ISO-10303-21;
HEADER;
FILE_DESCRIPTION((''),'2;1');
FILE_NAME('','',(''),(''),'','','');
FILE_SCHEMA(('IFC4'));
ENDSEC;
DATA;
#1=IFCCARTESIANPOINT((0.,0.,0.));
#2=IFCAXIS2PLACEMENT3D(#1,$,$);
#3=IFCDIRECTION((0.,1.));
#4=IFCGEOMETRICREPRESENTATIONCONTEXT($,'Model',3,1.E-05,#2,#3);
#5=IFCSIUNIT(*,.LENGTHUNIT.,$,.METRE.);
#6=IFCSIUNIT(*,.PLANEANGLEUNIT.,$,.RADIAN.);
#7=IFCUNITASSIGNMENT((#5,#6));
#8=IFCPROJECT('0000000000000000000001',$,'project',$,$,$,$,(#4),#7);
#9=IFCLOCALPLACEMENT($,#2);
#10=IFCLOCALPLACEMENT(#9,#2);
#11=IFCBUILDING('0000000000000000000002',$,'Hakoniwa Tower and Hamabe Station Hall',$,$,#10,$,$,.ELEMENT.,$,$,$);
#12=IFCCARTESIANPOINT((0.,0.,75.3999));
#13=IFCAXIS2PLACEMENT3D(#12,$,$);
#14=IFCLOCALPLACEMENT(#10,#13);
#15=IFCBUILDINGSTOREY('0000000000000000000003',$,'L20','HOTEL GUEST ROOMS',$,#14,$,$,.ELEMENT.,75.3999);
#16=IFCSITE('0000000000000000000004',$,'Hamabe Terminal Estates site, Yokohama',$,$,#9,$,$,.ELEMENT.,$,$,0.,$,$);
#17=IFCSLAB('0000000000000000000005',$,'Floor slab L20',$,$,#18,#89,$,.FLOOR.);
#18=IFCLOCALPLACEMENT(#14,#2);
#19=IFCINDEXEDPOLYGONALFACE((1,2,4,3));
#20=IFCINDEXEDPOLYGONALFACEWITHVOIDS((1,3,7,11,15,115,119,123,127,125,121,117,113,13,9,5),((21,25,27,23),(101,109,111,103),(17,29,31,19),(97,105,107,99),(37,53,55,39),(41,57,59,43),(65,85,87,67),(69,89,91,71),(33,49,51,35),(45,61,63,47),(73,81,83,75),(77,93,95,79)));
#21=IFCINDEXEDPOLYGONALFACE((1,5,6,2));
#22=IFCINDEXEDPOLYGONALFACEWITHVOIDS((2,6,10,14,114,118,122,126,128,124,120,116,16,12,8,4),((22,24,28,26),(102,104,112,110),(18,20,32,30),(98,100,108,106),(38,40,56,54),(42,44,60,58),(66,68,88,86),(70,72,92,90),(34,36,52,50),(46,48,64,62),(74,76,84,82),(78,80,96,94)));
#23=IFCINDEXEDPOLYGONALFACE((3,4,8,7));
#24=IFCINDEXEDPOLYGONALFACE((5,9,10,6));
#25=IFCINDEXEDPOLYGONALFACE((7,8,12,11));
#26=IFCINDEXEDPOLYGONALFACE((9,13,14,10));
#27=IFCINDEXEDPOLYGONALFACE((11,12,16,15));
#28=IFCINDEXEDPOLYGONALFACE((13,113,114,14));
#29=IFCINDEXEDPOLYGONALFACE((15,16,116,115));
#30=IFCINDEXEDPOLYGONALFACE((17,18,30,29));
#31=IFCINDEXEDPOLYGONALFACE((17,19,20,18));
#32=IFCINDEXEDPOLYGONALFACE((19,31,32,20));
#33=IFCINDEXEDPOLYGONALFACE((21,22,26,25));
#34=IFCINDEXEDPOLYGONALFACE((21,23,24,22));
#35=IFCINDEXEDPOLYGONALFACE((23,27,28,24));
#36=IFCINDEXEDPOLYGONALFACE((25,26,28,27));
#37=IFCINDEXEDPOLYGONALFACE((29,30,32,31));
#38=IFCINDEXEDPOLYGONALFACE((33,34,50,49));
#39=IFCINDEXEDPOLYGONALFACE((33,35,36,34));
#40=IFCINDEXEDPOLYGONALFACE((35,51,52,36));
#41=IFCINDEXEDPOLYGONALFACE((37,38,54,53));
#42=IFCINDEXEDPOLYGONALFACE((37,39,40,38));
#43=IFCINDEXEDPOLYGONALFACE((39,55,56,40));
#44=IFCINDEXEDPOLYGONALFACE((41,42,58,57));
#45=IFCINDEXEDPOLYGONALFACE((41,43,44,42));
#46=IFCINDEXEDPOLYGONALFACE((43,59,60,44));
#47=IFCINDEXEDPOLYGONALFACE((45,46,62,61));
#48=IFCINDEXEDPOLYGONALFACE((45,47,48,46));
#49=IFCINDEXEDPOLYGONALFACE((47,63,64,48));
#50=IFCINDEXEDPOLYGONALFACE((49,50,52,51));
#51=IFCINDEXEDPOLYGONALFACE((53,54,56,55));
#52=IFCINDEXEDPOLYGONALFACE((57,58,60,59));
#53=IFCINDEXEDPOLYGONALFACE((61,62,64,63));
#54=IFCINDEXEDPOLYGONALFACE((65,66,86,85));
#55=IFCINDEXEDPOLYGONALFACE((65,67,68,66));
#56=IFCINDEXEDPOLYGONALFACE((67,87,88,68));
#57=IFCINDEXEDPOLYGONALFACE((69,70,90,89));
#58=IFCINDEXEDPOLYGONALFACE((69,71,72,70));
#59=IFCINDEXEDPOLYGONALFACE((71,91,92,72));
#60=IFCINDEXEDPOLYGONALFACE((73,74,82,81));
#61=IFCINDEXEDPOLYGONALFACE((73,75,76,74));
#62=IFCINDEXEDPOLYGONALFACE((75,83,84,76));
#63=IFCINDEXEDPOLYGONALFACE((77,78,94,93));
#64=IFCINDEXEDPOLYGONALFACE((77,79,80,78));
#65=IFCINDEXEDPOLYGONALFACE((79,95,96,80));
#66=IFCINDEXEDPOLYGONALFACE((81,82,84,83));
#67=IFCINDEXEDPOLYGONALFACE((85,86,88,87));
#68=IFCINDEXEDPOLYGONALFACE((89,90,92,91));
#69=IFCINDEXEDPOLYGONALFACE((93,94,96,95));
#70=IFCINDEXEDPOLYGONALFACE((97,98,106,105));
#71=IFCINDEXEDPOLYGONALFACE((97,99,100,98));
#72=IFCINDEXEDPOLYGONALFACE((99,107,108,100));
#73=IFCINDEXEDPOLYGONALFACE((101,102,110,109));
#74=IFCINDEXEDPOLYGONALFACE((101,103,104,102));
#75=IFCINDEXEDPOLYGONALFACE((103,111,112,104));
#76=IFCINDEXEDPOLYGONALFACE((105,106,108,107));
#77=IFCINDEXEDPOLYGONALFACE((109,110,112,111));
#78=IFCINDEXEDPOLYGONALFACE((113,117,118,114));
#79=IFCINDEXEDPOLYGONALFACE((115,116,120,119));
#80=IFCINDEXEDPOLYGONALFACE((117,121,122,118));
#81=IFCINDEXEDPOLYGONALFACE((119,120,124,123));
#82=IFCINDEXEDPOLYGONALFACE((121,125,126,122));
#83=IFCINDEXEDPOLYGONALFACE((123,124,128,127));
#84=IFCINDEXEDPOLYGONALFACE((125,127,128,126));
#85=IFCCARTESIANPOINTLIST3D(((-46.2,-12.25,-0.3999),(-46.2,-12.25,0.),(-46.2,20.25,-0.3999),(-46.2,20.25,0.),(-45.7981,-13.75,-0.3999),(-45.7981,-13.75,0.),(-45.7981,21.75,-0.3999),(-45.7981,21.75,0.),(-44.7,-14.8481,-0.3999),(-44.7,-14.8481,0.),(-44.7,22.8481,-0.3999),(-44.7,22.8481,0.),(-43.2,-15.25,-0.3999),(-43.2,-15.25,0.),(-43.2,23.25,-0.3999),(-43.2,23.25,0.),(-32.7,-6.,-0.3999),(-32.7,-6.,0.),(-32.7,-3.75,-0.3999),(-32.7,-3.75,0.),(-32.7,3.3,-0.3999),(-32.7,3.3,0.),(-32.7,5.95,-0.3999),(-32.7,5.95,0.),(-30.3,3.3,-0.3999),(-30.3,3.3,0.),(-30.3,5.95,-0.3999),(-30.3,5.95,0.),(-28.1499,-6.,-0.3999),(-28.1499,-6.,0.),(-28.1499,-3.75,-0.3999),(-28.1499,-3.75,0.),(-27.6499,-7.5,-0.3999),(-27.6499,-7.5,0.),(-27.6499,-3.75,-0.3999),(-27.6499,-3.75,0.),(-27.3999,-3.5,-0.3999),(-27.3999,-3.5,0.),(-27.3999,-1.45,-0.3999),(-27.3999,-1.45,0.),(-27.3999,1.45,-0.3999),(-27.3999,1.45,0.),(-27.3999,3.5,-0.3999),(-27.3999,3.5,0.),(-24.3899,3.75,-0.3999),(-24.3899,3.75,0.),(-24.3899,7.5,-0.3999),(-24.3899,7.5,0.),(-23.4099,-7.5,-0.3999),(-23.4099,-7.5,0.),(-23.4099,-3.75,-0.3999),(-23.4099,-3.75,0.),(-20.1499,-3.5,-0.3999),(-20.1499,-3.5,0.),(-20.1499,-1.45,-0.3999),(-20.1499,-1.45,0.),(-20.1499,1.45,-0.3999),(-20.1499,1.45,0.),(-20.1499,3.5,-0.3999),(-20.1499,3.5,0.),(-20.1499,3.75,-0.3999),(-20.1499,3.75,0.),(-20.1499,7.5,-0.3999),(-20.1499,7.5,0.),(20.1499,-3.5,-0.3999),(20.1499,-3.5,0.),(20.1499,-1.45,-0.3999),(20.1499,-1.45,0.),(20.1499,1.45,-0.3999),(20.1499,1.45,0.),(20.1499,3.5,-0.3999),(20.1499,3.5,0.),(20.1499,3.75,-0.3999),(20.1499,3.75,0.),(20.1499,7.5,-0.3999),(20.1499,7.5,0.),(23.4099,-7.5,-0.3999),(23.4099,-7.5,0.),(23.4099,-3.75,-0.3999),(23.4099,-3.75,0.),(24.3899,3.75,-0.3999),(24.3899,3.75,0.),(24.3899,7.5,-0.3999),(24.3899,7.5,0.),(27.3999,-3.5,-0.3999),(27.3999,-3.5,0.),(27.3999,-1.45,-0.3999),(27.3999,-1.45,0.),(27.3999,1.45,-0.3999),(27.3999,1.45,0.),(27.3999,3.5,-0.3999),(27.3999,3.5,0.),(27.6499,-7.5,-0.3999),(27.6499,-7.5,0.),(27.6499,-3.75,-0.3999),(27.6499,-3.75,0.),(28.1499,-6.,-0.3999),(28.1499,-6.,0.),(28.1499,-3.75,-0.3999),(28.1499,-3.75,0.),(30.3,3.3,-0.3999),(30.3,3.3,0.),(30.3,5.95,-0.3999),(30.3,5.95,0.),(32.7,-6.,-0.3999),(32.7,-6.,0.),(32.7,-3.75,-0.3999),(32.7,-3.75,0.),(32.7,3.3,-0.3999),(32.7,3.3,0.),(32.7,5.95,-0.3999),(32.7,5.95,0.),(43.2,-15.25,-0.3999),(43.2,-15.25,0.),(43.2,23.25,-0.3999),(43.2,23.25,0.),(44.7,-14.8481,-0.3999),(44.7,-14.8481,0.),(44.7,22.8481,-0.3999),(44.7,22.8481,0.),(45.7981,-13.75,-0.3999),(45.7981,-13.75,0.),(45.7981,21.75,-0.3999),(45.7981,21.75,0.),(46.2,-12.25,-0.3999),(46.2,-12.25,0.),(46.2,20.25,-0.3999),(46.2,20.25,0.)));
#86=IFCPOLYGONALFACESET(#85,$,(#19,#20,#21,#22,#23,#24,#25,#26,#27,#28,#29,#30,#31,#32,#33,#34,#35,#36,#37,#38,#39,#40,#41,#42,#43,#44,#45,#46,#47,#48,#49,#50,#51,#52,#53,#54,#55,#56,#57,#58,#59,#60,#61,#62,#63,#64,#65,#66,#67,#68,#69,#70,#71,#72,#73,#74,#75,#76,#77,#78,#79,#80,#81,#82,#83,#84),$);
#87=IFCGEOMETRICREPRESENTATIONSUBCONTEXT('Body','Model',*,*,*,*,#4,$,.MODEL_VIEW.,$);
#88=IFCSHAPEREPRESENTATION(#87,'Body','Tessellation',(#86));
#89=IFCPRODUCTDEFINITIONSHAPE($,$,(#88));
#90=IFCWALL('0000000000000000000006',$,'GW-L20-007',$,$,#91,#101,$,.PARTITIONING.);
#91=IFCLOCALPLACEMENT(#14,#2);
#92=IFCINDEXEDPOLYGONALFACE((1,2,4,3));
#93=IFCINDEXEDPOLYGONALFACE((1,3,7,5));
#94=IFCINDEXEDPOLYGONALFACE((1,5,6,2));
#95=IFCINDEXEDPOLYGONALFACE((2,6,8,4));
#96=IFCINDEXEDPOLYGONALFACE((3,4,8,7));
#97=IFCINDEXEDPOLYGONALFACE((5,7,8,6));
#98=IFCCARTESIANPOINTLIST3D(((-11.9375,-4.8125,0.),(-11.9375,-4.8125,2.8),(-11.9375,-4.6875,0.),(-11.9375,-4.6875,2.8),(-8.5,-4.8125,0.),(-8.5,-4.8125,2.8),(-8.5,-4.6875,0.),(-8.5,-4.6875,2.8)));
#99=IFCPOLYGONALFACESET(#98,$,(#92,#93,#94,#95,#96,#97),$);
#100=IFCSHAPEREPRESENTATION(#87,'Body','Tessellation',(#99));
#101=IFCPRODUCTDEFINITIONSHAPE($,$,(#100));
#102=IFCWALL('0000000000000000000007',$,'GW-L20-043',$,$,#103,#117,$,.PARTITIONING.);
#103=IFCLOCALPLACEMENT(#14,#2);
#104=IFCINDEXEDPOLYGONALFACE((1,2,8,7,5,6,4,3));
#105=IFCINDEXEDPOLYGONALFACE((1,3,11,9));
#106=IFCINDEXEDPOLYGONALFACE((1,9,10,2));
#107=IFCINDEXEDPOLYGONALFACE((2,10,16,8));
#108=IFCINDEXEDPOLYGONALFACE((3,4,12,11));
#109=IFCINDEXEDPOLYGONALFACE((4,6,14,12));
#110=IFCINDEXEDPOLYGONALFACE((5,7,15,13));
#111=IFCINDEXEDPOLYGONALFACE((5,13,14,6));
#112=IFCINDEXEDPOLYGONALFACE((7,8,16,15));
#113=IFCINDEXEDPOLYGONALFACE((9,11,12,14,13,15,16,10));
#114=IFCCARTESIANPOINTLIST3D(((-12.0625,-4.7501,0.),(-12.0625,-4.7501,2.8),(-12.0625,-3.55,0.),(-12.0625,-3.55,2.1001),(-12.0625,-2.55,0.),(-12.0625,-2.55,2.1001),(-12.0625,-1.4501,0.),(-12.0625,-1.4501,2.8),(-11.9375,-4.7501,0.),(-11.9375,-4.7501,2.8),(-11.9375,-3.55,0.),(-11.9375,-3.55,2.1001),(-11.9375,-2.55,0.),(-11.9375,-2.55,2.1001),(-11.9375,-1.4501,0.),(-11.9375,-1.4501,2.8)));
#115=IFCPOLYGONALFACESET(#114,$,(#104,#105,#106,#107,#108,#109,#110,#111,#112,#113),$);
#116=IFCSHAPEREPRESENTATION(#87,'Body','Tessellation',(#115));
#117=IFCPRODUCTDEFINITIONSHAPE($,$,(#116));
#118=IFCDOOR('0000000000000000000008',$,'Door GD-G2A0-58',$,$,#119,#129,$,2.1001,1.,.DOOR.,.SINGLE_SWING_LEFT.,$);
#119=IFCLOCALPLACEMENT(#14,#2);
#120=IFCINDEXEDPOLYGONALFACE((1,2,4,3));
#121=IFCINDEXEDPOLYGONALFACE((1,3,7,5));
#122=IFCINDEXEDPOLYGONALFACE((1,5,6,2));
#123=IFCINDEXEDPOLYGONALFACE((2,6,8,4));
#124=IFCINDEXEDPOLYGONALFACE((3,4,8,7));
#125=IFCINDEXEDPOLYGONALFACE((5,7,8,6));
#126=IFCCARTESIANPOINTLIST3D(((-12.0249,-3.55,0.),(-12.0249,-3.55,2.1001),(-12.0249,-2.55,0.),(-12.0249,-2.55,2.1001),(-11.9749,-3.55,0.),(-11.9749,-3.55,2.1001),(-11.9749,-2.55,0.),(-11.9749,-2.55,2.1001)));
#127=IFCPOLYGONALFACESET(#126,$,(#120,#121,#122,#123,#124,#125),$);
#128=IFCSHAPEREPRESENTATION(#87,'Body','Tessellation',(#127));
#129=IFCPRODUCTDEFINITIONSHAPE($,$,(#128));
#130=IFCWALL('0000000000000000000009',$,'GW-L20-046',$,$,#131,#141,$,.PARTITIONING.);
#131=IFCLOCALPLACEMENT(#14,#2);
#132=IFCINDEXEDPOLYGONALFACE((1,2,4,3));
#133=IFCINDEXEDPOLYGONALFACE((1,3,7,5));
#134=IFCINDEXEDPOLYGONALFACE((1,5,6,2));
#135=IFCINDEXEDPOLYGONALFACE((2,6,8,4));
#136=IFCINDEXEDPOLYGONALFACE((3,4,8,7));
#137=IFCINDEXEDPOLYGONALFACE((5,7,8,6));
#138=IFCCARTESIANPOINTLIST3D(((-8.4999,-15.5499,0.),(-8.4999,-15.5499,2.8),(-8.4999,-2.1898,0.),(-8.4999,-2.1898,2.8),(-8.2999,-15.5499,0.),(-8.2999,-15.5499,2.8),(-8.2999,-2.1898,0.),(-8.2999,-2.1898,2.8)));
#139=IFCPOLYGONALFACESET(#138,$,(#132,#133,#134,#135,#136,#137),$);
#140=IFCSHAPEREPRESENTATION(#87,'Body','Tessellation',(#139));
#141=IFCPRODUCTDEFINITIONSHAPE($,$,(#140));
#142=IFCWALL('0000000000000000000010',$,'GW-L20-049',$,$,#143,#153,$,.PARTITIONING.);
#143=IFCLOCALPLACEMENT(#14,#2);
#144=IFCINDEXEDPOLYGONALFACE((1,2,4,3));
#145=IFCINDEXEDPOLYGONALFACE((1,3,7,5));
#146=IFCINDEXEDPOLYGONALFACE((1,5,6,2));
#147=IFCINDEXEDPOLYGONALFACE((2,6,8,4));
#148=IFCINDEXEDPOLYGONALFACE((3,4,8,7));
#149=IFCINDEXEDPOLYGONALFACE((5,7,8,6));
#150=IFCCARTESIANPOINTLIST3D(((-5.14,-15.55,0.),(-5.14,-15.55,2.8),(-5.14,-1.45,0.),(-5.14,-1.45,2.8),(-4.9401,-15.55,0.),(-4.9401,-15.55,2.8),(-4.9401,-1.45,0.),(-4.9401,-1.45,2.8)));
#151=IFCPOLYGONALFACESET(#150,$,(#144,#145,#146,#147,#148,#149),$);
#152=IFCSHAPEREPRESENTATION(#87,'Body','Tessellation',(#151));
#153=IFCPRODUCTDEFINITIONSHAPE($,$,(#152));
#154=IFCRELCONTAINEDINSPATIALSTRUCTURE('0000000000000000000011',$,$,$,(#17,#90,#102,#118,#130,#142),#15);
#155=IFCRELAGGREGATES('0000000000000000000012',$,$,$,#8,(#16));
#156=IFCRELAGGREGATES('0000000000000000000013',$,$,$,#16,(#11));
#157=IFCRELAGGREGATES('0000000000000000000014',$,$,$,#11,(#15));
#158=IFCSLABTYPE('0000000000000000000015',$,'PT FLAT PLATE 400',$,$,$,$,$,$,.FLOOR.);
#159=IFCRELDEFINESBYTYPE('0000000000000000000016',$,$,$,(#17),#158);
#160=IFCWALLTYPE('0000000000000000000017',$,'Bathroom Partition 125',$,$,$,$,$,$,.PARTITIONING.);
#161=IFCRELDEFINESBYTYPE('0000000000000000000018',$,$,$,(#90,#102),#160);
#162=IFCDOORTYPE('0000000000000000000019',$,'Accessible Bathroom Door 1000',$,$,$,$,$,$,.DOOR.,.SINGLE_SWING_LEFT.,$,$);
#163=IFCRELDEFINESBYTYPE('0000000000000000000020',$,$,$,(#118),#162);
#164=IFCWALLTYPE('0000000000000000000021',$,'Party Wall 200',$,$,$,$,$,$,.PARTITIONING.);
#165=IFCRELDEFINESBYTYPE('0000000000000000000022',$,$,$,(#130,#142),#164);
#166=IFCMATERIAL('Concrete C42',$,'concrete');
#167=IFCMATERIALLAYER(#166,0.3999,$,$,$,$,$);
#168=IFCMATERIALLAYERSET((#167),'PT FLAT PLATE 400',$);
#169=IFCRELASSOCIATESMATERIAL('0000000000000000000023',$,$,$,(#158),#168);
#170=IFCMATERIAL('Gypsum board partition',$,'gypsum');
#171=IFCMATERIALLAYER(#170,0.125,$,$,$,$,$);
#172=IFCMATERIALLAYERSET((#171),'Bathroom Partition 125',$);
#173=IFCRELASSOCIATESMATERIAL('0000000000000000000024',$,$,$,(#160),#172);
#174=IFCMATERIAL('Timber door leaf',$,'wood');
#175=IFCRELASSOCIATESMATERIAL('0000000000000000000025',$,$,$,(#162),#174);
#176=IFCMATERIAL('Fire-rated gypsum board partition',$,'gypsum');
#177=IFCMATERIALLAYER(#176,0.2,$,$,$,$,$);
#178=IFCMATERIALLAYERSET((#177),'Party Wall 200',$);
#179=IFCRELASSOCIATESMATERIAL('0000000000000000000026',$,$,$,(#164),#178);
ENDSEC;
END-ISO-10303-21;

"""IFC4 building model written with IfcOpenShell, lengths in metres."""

from ifc_helpers import new_model, si_unit, direction, frame, frame_2d, origin, place, context, subcontext, project, spatial, polyline, rectangle, outline, extrude, material, layer, layer_set, type_object, element, fill, save


model = new_model("IFC4")

# Units and contexts
model_context = context("Model", 3, precision=1e-05, world=origin(), true_north=direction((0.0, 1.0)))
body_context = subcontext(model_context, "Body", "Model", "MODEL_VIEW")
ifc_project = project(units=[si_unit("LENGTHUNIT", "METRE"), si_unit("PLANEANGLEUNIT", "RADIAN")], contexts=[model_context])

# Site, building, storey
site_placement = place(None, origin())
site = spatial("IfcSite", under=ifc_project, at=site_placement, Name="Hamabe Terminal Estates site, Yokohama", CompositionType="ELEMENT", RefElevation=0.0)
building_placement = place(site_placement, origin())
building = spatial("IfcBuilding", under=site, at=building_placement, Name="Hakoniwa Tower and Hamabe Station Hall", CompositionType="ELEMENT")
storey_placement = place(building_placement, frame((0.0, 0.0, 75.3999)))
storey = spatial("IfcBuildingStorey", under=building, at=storey_placement, Name="L20", Description="HOTEL GUEST ROOMS", CompositionType="ELEMENT", Elevation=75.3999)

# Slab
ifc_material_1 = material(Name="Concrete C42", Category="concrete")
ifc_layer_1 = layer(ifc_material_1, 0.3999)
ifc_layer_set_1 = layer_set([ifc_layer_1], Name="PT FLAT PLATE 400")
slab_type = type_object("IfcSlabType", Name="PT FLAT PLATE 400", PredefinedType="FLOOR", material=ifc_layer_set_1)
slab_placement = place(storey_placement, frame((0.0, 0.0, -0.3999)))
element("IfcSlab", 1, at=slab_placement, inside=storey, type_object=slab_type, Name="Floor slab L20", PredefinedType="FLOOR", context=body_context, shape_type="SweptSolid", body=[
    extrude(outline(polyline([(46.2, -12.25), (46.2, 20.25), (45.7981, 21.75), (44.7, 22.8481), (43.2, 23.25), (-43.2, 23.25), (-44.7, 22.8481), (-45.7981, 21.75), (-46.2, 20.25), (-46.2, -12.25), (-45.7981, -13.75), (-44.7, -14.8481), (-43.2, -15.25), (43.2, -15.25), (44.7, -14.8481), (45.7981, -13.75), (46.2, -12.25)]), holes=[polyline([(-27.3999, 1.45), (-27.3999, 3.5), (-20.1499, 3.5), (-20.1499, 1.45), (-27.3999, 1.45)]), polyline([(-27.3999, -3.5), (-27.3999, -1.45), (-20.1499, -1.45), (-20.1499, -3.5), (-27.3999, -3.5)]), polyline([(-32.7, 3.3), (-32.7, 5.95), (-30.3, 5.95), (-30.3, 3.3), (-32.7, 3.3)]), polyline([(-32.7, -6.0), (-32.7, -3.75), (-28.1499, -3.75), (-28.1499, -6.0), (-32.7, -6.0)]), polyline([(-24.3899, 3.75), (-24.3899, 7.5), (-20.1499, 7.5), (-20.1499, 3.75), (-24.3899, 3.75)]), polyline([(-27.6499, -7.5), (-27.6499, -3.75), (-23.4099, -3.75), (-23.4099, -7.5), (-27.6499, -7.5)]), polyline([(20.1499, 1.45), (20.1499, 3.5), (27.3999, 3.5), (27.3999, 1.45), (20.1499, 1.45)]), polyline([(20.1499, -3.5), (20.1499, -1.45), (27.3999, -1.45), (27.3999, -3.5), (20.1499, -3.5)]), polyline([(30.3, 3.3), (30.3, 5.95), (32.7, 5.95), (32.7, 3.3), (30.3, 3.3)]), polyline([(28.1499, -6.0), (28.1499, -3.75), (32.7, -3.75), (32.7, -6.0), (28.1499, -6.0)]), polyline([(20.1499, 3.75), (20.1499, 7.5), (24.3899, 7.5), (24.3899, 3.75), (20.1499, 3.75)]), polyline([(23.4099, -7.5), (23.4099, -3.75), (27.6499, -3.75), (27.6499, -7.5), (23.4099, -7.5)])]), origin(), (0.0, 0.0, 1.0), 0.3999),
])

# Wall
ifc_material_2 = material(Name="Gypsum board partition", Category="gypsum")
ifc_layer_2 = layer(ifc_material_2, 0.125)
ifc_layer_set_2 = layer_set([ifc_layer_2], Name="Bathroom Partition 125")
wall_type_1 = type_object("IfcWallType", Name="Bathroom Partition 125", PredefinedType="PARTITIONING", material=ifc_layer_set_2)
wall_1_placement = place(storey_placement, frame((-11.9375, -4.75, 0.0), z_axis=(0.0, 0.0, 1.0), x_axis=(1.0, 0.0, 0.0)))
element("IfcWall", 2, at=wall_1_placement, inside=storey, type_object=wall_type_1, Name="GW-L20-007", PredefinedType="PARTITIONING", context=body_context, shape_type="SweptSolid", body=[
    extrude(rectangle(XDim=3.4375, YDim=0.125, at=frame_2d((1.7188, 0.0))), origin(), (0.0, 0.0, 1.0), 2.8),
])

# Wall, opening, door
wall_2_placement = place(storey_placement, frame((-12.0, -4.75, 0.0), z_axis=(0.0, 0.0, 1.0), x_axis=(0.0, 1.0, 0.0)))
wall_2 = element("IfcWall", 3, at=wall_2_placement, inside=storey, type_object=wall_type_1, Name="GW-L20-043", PredefinedType="PARTITIONING", context=body_context, shape_type="SweptSolid", body=[
    extrude(rectangle(XDim=3.3, YDim=0.125, at=frame_2d((1.6499, 0.0))), origin(), (0.0, 0.0, 1.0), 2.8),
])
opening_placement = place(wall_2_placement, frame((1.2, 0.0, 0.0)))
opening = element("IfcOpeningElement", 4, at=opening_placement, cuts=wall_2, PredefinedType="OPENING", context=body_context, shape_type="SweptSolid", body=[
    extrude(rectangle(XDim=1.0, YDim=2.1001, at=frame_2d((0.5, 1.05))), frame((0.0, 0.0725, 0.0), z_axis=(0.0, -1.0, 0.0), x_axis=(1.0, 0.0, 0.0)), (0.0, 0.0, 1.0), 0.145),
])
ifc_material_3 = material(Name="Timber door leaf", Category="wood")
door_type = type_object("IfcDoorType", Name="Accessible Bathroom Door 1000", OperationType="SINGLE_SWING_LEFT", PredefinedType="DOOR", material=ifc_material_3)
door_placement = place(opening_placement, origin())
door = element("IfcDoor", 5, at=door_placement, inside=storey, type_object=door_type, Name="Door GD-G2A0-58", OperationType="SINGLE_SWING_LEFT", OverallHeight=2.1001, OverallWidth=1.0, PredefinedType="DOOR", context=body_context, shape_type="SweptSolid", body=[
    extrude(rectangle(XDim=1.0, YDim=2.1001, at=frame_2d((0.5, 1.05))), frame((0.0, 0.0249, 0.0), z_axis=(0.0, -1.0, 0.0), x_axis=(1.0, 0.0, 0.0)), (0.0, 0.0, 1.0), 0.05),
])
fill(opening, door)

# Walls
ifc_material_4 = material(Name="Fire-rated gypsum board partition", Category="gypsum")
ifc_layer_3 = layer(ifc_material_4, 0.2)
ifc_layer_set_3 = layer_set([ifc_layer_3], Name="Party Wall 200")
wall_type_2 = type_object("IfcWallType", Name="Party Wall 200", PredefinedType="PARTITIONING", material=ifc_layer_set_3)
wall_3_placement = place(storey_placement, frame((-8.3999, -15.55, 0.0), z_axis=(0.0, 0.0, 1.0), x_axis=(0.0, 1.0, 0.0)))
element("IfcWall", 6, at=wall_3_placement, inside=storey, type_object=wall_type_2, Name="GW-L20-046", PredefinedType="PARTITIONING", context=body_context, shape_type="SweptSolid", body=[
    extrude(rectangle(XDim=13.3601, YDim=0.2, at=frame_2d((6.6802, 0.0))), origin(), (0.0, 0.0, 1.0), 2.8),
])
wall_4_placement = place(storey_placement, frame((-5.04, -15.55, 0.0), z_axis=(0.0, 0.0, 1.0), x_axis=(0.0, 1.0, 0.0)))
element("IfcWall", 7, at=wall_4_placement, inside=storey, type_object=wall_type_2, Name="GW-L20-049", PredefinedType="PARTITIONING", context=body_context, shape_type="SweptSolid", body=[
    extrude(rectangle(XDim=14.1001, YDim=0.2, at=frame_2d((7.05, 0.0))), origin(), (0.0, 0.0, 1.0), 2.8),
])

save(model, "model.ifc")
